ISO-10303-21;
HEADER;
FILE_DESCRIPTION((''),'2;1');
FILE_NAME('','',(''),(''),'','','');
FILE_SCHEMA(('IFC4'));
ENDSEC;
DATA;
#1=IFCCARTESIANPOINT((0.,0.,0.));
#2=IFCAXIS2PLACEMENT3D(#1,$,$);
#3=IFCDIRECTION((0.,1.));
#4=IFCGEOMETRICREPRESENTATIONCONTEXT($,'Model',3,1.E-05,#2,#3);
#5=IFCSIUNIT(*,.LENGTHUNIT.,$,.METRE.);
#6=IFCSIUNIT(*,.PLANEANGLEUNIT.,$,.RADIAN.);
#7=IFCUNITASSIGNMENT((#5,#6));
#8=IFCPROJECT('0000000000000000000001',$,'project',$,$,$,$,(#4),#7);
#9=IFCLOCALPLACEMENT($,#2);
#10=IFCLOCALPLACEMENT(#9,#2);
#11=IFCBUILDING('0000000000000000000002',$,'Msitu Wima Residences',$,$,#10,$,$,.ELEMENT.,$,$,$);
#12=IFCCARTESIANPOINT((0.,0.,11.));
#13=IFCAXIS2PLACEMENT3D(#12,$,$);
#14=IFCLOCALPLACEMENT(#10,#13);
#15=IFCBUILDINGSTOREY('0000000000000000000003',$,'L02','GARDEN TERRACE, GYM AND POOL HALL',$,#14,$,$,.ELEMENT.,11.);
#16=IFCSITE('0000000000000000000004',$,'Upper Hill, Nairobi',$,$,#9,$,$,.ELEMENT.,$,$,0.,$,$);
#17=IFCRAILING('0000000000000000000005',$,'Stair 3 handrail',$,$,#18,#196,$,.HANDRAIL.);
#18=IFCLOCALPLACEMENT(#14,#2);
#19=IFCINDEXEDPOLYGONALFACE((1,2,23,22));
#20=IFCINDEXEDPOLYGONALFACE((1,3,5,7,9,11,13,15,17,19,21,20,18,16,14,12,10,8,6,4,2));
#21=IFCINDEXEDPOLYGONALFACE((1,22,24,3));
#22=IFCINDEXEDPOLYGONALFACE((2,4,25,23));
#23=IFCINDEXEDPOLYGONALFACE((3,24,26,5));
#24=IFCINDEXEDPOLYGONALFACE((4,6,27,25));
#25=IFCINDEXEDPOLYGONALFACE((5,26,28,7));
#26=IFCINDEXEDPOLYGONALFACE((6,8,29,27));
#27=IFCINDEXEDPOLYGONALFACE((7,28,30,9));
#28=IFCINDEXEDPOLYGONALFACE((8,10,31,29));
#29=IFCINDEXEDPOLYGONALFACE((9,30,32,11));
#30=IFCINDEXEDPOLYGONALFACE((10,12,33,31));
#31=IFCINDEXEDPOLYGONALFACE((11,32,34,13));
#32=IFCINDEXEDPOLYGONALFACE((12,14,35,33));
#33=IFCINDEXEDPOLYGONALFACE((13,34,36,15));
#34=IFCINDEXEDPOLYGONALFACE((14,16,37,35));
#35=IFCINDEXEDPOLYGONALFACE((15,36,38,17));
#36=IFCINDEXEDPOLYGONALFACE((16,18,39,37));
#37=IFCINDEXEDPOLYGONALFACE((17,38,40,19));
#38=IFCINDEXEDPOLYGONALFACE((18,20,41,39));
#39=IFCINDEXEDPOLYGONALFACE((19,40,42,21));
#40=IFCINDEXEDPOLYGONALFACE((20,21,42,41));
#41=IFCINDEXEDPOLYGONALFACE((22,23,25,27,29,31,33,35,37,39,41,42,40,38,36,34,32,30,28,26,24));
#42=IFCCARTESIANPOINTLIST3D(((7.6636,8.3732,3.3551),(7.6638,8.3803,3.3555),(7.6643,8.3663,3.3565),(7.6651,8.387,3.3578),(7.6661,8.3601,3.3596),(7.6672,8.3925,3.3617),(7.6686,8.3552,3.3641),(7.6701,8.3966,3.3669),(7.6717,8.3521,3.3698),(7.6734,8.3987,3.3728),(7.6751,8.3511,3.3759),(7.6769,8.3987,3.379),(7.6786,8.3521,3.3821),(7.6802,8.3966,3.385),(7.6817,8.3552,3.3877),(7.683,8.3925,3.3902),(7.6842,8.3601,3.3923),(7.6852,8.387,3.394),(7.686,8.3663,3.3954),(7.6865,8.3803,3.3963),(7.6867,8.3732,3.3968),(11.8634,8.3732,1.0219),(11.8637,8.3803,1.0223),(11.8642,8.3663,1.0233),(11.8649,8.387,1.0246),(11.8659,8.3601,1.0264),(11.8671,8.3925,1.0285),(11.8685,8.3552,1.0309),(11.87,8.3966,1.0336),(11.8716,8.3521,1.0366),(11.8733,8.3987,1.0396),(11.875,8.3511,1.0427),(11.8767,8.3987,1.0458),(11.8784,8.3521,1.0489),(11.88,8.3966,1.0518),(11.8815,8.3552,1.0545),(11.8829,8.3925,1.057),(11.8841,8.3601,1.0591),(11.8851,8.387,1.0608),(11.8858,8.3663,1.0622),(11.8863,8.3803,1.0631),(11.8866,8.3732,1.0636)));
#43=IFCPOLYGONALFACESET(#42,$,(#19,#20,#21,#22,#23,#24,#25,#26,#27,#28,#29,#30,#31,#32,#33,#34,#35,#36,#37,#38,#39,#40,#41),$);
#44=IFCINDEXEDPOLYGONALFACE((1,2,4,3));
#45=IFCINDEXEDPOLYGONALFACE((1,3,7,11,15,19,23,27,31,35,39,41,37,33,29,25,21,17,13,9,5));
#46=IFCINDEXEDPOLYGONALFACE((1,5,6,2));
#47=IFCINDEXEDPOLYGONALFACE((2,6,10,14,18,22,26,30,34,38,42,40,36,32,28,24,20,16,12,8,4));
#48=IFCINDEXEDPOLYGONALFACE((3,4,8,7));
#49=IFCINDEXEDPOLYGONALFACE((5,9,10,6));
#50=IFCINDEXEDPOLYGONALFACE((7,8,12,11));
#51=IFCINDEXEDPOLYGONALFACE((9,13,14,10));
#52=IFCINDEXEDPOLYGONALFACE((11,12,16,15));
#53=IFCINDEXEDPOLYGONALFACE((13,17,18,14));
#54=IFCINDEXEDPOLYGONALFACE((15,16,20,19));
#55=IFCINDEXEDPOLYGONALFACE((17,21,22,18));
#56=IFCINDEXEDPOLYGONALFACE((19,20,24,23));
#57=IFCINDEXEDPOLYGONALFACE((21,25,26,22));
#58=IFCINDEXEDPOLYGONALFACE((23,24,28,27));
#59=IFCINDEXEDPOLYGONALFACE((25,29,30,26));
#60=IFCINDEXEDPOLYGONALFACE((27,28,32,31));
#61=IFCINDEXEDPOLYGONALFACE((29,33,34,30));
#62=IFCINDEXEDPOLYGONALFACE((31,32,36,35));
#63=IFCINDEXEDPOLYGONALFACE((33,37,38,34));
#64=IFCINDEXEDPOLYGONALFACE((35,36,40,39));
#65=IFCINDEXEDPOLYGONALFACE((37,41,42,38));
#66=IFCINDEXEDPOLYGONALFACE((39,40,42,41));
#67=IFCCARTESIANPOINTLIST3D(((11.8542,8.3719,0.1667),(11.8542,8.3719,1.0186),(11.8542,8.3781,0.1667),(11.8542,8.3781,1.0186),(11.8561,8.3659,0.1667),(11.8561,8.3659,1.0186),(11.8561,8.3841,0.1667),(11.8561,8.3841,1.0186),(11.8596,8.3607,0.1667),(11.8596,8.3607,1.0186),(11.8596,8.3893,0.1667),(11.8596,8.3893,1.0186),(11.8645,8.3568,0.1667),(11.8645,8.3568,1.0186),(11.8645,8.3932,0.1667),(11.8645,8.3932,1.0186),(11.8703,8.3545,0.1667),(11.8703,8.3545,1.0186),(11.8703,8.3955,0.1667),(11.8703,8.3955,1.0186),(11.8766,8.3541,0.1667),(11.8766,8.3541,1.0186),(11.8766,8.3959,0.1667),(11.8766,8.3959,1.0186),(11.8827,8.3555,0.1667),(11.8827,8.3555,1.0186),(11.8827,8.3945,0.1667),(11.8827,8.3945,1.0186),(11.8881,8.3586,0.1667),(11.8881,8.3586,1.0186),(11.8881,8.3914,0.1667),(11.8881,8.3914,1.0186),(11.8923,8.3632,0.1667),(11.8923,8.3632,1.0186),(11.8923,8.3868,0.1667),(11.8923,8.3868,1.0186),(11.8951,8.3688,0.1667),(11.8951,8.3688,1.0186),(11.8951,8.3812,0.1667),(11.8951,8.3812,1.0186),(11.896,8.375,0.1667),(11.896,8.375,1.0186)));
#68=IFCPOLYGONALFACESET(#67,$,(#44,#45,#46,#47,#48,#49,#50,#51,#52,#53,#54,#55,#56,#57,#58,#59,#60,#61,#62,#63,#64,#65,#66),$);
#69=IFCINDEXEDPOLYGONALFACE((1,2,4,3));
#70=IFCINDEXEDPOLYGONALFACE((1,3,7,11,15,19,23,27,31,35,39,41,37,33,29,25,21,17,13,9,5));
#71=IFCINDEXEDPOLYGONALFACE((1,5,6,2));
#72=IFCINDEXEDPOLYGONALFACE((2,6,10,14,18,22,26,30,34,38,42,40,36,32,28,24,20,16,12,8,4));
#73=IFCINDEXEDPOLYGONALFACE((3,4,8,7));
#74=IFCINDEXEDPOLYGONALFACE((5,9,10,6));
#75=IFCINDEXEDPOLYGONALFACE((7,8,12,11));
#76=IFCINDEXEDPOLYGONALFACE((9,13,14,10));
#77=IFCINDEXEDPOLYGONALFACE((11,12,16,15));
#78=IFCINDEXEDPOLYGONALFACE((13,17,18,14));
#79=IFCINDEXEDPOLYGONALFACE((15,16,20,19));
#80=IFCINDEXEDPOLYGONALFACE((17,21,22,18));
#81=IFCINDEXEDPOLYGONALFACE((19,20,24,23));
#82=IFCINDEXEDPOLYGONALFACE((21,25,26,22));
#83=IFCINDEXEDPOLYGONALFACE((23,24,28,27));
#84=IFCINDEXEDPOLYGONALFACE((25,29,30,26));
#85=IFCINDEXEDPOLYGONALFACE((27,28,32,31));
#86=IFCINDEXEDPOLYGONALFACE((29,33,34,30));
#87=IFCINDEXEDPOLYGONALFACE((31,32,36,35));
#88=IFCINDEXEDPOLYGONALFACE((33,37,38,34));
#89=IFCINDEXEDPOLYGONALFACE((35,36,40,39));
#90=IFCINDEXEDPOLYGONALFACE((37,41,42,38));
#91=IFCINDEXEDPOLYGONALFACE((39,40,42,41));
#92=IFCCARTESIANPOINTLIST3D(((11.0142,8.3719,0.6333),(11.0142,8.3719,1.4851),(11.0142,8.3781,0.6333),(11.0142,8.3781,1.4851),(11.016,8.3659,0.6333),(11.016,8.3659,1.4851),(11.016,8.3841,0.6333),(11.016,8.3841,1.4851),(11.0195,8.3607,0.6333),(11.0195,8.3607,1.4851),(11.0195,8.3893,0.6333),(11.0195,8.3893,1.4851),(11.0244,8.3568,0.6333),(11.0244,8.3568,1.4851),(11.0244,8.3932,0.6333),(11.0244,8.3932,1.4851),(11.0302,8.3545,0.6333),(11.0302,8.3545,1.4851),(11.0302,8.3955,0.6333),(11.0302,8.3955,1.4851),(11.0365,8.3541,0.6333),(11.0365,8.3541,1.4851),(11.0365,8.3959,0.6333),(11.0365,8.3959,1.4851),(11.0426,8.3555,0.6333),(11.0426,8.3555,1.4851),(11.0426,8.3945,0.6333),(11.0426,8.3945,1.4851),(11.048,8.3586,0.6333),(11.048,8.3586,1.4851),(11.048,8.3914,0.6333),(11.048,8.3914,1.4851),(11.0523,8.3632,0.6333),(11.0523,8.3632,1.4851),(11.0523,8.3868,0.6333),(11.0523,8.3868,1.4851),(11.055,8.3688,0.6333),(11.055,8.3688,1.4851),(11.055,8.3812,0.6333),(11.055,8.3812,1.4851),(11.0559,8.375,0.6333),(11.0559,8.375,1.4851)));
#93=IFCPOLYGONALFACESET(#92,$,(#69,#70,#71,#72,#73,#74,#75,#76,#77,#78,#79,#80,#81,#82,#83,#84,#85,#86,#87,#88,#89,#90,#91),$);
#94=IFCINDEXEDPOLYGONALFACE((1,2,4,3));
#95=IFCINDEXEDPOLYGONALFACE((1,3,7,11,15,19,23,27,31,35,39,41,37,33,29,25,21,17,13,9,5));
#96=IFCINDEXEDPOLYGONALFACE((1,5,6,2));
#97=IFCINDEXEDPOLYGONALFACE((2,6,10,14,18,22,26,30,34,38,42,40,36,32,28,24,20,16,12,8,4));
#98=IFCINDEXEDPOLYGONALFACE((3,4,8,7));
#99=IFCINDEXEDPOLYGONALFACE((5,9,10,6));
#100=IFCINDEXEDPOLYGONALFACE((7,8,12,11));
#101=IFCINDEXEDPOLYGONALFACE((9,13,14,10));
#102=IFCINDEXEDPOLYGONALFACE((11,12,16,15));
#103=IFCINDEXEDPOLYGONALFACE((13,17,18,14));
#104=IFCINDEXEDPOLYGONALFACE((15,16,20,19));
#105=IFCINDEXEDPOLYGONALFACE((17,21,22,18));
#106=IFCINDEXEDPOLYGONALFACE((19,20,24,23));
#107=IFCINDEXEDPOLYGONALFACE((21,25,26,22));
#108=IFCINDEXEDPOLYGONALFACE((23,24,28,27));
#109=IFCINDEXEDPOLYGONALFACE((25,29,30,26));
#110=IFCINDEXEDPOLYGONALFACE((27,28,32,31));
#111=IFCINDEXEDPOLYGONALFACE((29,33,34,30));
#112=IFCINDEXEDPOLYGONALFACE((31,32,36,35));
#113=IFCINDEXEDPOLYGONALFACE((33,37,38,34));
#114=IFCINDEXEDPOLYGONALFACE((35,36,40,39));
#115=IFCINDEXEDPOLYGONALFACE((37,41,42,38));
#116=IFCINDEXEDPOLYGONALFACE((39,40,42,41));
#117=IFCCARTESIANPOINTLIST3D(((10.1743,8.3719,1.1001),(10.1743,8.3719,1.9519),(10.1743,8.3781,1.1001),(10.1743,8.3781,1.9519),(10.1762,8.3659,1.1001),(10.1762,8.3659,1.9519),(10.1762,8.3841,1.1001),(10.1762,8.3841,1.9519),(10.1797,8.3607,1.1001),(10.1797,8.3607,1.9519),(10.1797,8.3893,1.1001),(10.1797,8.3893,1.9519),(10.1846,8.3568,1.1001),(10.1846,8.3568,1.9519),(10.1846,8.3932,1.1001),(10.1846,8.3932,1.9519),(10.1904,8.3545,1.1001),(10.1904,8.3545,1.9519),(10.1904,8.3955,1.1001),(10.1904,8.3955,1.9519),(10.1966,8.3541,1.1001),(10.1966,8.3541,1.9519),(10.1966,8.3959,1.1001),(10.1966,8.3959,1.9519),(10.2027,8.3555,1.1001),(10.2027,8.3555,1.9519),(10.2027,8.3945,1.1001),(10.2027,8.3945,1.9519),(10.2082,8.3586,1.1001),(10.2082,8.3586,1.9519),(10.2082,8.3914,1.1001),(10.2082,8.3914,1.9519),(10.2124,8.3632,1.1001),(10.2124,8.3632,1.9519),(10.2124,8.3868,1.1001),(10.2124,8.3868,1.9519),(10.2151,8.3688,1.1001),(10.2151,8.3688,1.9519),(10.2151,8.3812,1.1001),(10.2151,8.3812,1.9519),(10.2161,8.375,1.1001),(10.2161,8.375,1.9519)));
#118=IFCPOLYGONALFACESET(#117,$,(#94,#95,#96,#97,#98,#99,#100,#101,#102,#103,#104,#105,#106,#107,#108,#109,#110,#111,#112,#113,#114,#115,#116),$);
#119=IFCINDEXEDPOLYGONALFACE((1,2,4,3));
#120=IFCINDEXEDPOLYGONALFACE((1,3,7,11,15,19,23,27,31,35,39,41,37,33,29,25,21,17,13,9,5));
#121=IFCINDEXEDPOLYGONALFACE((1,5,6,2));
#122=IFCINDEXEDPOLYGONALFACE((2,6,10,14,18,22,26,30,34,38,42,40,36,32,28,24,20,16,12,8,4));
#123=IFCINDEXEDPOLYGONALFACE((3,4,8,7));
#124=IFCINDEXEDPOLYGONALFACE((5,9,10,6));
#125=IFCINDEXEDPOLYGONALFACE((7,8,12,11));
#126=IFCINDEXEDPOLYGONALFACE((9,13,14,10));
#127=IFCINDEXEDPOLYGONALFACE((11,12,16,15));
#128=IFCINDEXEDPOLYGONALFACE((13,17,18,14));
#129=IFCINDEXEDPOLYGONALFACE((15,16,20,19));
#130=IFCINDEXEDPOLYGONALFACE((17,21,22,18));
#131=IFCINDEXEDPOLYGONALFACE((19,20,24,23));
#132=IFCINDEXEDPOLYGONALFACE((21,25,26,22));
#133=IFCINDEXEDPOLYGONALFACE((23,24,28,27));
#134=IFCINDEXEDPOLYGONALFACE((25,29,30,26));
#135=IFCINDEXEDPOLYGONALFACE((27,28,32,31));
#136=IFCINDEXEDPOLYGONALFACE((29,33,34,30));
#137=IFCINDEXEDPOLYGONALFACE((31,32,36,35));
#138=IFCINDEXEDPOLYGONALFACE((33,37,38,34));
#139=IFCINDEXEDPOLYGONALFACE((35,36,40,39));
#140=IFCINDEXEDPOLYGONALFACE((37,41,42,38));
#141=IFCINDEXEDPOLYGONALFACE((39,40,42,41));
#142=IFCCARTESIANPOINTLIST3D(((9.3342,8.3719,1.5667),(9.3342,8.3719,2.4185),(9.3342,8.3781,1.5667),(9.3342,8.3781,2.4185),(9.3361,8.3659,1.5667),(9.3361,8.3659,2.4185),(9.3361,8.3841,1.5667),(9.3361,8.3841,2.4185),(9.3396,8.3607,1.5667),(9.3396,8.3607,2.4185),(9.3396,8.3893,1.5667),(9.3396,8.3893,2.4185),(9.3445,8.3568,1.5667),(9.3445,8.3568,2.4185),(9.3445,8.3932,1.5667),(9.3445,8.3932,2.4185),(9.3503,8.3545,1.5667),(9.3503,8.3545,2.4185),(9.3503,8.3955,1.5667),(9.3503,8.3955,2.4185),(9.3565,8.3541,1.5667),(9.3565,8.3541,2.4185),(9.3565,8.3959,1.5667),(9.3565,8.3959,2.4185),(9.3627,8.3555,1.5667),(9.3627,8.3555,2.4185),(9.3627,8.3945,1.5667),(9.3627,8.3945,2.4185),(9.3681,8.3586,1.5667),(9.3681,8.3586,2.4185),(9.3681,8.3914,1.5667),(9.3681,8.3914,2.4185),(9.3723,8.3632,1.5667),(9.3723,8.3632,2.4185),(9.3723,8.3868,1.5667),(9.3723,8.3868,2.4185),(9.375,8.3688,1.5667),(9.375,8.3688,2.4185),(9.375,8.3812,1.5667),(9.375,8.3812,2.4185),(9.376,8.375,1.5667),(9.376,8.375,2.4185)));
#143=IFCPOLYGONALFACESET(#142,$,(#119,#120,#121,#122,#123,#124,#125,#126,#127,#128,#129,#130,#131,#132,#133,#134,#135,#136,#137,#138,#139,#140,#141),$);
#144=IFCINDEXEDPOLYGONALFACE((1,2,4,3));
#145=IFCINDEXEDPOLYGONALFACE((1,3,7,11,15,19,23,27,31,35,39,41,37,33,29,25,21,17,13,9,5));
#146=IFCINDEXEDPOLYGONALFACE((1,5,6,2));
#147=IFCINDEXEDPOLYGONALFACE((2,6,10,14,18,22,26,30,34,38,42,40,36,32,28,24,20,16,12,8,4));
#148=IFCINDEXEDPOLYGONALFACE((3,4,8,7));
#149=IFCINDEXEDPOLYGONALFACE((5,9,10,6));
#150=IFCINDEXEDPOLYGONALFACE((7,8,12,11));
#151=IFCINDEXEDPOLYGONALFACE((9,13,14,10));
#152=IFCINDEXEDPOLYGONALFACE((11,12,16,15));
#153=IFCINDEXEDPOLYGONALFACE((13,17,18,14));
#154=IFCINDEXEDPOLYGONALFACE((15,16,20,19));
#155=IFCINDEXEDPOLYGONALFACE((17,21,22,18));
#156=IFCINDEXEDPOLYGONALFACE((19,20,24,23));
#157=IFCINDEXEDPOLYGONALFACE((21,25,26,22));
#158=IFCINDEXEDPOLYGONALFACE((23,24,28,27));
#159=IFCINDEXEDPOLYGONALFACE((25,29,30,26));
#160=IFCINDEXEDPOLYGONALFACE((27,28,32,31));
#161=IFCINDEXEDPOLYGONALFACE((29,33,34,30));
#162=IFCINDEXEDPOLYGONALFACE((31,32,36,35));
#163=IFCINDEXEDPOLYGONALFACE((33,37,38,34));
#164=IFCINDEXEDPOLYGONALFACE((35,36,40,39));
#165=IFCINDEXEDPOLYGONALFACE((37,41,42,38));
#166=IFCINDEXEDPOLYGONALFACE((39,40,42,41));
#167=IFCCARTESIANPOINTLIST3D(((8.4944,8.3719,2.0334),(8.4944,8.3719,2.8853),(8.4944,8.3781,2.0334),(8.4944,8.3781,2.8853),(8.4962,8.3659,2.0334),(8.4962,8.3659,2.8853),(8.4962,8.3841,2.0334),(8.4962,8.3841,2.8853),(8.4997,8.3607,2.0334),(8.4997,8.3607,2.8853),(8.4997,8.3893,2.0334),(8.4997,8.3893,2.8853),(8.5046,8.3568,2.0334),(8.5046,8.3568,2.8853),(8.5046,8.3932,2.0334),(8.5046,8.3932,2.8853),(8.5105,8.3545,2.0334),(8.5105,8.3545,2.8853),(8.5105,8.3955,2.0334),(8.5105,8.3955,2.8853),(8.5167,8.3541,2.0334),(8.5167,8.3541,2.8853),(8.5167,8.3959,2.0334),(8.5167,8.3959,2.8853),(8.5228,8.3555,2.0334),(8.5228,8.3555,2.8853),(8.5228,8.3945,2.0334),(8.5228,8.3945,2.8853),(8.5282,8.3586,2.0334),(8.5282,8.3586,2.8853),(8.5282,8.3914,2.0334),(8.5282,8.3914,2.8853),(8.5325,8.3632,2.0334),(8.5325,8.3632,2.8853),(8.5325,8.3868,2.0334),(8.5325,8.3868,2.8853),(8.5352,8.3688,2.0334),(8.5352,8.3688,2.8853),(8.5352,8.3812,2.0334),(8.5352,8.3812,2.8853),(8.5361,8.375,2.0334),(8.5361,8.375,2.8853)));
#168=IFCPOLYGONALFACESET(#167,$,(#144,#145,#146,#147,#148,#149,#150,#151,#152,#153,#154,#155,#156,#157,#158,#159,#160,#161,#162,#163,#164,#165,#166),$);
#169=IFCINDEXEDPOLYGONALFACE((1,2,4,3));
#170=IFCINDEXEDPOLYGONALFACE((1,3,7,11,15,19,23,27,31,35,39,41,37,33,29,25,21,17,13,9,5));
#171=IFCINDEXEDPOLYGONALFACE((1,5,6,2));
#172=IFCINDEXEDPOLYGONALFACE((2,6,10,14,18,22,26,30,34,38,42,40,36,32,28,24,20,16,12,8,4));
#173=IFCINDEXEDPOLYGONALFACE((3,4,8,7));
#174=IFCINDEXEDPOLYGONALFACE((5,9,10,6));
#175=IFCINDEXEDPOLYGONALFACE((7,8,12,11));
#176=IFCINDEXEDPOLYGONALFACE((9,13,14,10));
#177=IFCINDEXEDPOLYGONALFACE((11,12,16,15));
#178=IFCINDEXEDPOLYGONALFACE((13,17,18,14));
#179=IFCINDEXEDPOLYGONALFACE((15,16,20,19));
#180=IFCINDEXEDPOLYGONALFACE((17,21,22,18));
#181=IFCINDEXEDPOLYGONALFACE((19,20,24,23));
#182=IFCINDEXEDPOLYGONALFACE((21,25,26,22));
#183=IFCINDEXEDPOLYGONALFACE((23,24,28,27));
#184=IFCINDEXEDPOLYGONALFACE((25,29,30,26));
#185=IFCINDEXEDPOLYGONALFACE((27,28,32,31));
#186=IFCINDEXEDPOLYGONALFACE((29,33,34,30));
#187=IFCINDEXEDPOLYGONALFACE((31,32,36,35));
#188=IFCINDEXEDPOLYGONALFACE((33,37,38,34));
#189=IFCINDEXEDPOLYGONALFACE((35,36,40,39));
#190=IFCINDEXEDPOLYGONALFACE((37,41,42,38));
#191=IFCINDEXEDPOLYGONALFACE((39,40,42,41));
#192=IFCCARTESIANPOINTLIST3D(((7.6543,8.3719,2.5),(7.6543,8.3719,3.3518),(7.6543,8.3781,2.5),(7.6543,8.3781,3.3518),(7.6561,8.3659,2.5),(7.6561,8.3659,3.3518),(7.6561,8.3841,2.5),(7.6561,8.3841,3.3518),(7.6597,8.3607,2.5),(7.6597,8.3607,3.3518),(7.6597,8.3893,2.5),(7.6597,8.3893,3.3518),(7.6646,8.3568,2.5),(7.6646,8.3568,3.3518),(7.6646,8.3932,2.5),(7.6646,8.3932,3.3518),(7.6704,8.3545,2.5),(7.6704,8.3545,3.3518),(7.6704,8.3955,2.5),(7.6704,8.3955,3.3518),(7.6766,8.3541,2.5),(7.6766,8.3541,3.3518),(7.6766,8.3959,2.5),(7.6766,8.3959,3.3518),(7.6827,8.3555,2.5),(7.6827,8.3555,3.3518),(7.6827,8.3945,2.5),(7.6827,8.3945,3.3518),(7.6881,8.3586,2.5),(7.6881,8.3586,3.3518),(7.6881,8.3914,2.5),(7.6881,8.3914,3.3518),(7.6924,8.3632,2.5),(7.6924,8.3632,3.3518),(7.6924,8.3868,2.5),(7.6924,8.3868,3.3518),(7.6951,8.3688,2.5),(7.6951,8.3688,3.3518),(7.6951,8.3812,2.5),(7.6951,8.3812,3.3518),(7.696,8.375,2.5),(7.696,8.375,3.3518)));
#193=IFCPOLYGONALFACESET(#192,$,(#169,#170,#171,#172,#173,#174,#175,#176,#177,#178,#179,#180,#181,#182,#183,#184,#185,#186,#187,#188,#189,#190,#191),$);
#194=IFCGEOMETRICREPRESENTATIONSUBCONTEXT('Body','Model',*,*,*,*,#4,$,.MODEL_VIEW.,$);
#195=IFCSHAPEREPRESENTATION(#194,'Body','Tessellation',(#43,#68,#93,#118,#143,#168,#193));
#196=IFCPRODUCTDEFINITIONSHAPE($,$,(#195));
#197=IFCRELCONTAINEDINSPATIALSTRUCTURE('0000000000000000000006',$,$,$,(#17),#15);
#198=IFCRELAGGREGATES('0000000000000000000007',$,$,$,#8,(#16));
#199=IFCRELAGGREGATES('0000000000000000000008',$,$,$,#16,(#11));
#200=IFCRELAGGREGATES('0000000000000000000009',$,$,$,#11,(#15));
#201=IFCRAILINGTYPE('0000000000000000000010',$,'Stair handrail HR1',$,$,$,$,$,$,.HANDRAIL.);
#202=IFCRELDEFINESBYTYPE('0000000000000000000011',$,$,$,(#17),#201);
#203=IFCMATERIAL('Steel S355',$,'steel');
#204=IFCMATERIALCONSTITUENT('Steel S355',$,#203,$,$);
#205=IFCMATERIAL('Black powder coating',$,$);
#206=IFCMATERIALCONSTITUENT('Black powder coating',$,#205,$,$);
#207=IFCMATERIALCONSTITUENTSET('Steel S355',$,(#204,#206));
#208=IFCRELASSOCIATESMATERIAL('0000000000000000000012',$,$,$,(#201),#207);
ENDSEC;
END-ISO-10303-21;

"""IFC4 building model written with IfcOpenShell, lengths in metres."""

from ifc_helpers import new_model, si_unit, direction, frame, origin, origin_2d, place, context, subcontext, project, spatial, circle, extrude, material, constituent, constituent_set, type_object, element, save


model = new_model("IFC4")

# Units and contexts
model_context = context("Model", 3, precision=1e-05, world=origin(), true_north=direction((0.0, 1.0)))
body_context = subcontext(model_context, "Body", "Model", "MODEL_VIEW")
ifc_project = project(units=[si_unit("LENGTHUNIT", "METRE"), si_unit("PLANEANGLEUNIT", "RADIAN")], contexts=[model_context])

# Site, building, storey
site_placement = place(None, origin())
site = spatial("IfcSite", under=ifc_project, at=site_placement, Name="Upper Hill, Nairobi", CompositionType="ELEMENT", RefElevation=0.0)
building_placement = place(site_placement, origin())
building = spatial("IfcBuilding", under=site, at=building_placement, Name="Msitu Wima Residences", CompositionType="ELEMENT")
storey_placement = place(building_placement, frame((0.0, 0.0, 11.0)))
storey = spatial("IfcBuildingStorey", under=building, at=storey_placement, Name="L02", Description="GARDEN TERRACE, GYM AND POOL HALL", CompositionType="ELEMENT", Elevation=11.0)

# Railing
ifc_material_1 = material(Name="Steel S355", Category="steel")
ifc_constituent_1 = constituent(ifc_material_1, Name="Steel S355")
ifc_material_2 = material(Name="Black powder coating")
ifc_constituent_2 = constituent(ifc_material_2, Name="Black powder coating")
ifc_constituent_set = constituent_set(constituents=[ifc_constituent_1, ifc_constituent_2], Name="Steel S355")
railing_type = type_object("IfcRailingType", Name="Stair handrail HR1", PredefinedType="HANDRAIL", material=ifc_constituent_set)
railing_placement = place(storey_placement, frame((11.875, 8.375, 0.1667)))
element("IfcRailing", 1, at=railing_placement, inside=storey, type_object=railing_type, Name="Stair 3 handrail", PredefinedType="HANDRAIL", context=body_context, shape_type="SweptSolid", body=[
    extrude(circle(Radius=0.0239, at=origin_2d()), frame((0.0, 0.0, 0.876), z_axis=(-0.874162, 0.0, 0.485634), x_axis=(0.0, -1.0, 0.0)), (0.0, 0.0, 1.0), 4.8044),
    extrude(circle(Radius=0.021, at=origin_2d()), origin(), (0.0, 0.0, 1.0), 0.8518),
    extrude(circle(Radius=0.021, at=origin_2d()), frame((-0.8401, 0.0, 0.4666)), (0.0, 0.0, 1.0), 0.8518),
    extrude(circle(Radius=0.021, at=origin_2d()), frame((-1.6799, 0.0, 0.9333)), (0.0, 0.0, 1.0), 0.8518),
    extrude(circle(Radius=0.021, at=origin_2d()), frame((-2.52, 0.0, 1.3999)), (0.0, 0.0, 1.0), 0.8518),
    extrude(circle(Radius=0.021, at=origin_2d()), frame((-3.3599, 0.0, 1.8667)), (0.0, 0.0, 1.0), 0.8518),
    extrude(circle(Radius=0.021, at=origin_2d()), frame((-4.2, 0.0, 2.3333)), (0.0, 0.0, 1.0), 0.8518),
])

save(model, "model.ifc")
